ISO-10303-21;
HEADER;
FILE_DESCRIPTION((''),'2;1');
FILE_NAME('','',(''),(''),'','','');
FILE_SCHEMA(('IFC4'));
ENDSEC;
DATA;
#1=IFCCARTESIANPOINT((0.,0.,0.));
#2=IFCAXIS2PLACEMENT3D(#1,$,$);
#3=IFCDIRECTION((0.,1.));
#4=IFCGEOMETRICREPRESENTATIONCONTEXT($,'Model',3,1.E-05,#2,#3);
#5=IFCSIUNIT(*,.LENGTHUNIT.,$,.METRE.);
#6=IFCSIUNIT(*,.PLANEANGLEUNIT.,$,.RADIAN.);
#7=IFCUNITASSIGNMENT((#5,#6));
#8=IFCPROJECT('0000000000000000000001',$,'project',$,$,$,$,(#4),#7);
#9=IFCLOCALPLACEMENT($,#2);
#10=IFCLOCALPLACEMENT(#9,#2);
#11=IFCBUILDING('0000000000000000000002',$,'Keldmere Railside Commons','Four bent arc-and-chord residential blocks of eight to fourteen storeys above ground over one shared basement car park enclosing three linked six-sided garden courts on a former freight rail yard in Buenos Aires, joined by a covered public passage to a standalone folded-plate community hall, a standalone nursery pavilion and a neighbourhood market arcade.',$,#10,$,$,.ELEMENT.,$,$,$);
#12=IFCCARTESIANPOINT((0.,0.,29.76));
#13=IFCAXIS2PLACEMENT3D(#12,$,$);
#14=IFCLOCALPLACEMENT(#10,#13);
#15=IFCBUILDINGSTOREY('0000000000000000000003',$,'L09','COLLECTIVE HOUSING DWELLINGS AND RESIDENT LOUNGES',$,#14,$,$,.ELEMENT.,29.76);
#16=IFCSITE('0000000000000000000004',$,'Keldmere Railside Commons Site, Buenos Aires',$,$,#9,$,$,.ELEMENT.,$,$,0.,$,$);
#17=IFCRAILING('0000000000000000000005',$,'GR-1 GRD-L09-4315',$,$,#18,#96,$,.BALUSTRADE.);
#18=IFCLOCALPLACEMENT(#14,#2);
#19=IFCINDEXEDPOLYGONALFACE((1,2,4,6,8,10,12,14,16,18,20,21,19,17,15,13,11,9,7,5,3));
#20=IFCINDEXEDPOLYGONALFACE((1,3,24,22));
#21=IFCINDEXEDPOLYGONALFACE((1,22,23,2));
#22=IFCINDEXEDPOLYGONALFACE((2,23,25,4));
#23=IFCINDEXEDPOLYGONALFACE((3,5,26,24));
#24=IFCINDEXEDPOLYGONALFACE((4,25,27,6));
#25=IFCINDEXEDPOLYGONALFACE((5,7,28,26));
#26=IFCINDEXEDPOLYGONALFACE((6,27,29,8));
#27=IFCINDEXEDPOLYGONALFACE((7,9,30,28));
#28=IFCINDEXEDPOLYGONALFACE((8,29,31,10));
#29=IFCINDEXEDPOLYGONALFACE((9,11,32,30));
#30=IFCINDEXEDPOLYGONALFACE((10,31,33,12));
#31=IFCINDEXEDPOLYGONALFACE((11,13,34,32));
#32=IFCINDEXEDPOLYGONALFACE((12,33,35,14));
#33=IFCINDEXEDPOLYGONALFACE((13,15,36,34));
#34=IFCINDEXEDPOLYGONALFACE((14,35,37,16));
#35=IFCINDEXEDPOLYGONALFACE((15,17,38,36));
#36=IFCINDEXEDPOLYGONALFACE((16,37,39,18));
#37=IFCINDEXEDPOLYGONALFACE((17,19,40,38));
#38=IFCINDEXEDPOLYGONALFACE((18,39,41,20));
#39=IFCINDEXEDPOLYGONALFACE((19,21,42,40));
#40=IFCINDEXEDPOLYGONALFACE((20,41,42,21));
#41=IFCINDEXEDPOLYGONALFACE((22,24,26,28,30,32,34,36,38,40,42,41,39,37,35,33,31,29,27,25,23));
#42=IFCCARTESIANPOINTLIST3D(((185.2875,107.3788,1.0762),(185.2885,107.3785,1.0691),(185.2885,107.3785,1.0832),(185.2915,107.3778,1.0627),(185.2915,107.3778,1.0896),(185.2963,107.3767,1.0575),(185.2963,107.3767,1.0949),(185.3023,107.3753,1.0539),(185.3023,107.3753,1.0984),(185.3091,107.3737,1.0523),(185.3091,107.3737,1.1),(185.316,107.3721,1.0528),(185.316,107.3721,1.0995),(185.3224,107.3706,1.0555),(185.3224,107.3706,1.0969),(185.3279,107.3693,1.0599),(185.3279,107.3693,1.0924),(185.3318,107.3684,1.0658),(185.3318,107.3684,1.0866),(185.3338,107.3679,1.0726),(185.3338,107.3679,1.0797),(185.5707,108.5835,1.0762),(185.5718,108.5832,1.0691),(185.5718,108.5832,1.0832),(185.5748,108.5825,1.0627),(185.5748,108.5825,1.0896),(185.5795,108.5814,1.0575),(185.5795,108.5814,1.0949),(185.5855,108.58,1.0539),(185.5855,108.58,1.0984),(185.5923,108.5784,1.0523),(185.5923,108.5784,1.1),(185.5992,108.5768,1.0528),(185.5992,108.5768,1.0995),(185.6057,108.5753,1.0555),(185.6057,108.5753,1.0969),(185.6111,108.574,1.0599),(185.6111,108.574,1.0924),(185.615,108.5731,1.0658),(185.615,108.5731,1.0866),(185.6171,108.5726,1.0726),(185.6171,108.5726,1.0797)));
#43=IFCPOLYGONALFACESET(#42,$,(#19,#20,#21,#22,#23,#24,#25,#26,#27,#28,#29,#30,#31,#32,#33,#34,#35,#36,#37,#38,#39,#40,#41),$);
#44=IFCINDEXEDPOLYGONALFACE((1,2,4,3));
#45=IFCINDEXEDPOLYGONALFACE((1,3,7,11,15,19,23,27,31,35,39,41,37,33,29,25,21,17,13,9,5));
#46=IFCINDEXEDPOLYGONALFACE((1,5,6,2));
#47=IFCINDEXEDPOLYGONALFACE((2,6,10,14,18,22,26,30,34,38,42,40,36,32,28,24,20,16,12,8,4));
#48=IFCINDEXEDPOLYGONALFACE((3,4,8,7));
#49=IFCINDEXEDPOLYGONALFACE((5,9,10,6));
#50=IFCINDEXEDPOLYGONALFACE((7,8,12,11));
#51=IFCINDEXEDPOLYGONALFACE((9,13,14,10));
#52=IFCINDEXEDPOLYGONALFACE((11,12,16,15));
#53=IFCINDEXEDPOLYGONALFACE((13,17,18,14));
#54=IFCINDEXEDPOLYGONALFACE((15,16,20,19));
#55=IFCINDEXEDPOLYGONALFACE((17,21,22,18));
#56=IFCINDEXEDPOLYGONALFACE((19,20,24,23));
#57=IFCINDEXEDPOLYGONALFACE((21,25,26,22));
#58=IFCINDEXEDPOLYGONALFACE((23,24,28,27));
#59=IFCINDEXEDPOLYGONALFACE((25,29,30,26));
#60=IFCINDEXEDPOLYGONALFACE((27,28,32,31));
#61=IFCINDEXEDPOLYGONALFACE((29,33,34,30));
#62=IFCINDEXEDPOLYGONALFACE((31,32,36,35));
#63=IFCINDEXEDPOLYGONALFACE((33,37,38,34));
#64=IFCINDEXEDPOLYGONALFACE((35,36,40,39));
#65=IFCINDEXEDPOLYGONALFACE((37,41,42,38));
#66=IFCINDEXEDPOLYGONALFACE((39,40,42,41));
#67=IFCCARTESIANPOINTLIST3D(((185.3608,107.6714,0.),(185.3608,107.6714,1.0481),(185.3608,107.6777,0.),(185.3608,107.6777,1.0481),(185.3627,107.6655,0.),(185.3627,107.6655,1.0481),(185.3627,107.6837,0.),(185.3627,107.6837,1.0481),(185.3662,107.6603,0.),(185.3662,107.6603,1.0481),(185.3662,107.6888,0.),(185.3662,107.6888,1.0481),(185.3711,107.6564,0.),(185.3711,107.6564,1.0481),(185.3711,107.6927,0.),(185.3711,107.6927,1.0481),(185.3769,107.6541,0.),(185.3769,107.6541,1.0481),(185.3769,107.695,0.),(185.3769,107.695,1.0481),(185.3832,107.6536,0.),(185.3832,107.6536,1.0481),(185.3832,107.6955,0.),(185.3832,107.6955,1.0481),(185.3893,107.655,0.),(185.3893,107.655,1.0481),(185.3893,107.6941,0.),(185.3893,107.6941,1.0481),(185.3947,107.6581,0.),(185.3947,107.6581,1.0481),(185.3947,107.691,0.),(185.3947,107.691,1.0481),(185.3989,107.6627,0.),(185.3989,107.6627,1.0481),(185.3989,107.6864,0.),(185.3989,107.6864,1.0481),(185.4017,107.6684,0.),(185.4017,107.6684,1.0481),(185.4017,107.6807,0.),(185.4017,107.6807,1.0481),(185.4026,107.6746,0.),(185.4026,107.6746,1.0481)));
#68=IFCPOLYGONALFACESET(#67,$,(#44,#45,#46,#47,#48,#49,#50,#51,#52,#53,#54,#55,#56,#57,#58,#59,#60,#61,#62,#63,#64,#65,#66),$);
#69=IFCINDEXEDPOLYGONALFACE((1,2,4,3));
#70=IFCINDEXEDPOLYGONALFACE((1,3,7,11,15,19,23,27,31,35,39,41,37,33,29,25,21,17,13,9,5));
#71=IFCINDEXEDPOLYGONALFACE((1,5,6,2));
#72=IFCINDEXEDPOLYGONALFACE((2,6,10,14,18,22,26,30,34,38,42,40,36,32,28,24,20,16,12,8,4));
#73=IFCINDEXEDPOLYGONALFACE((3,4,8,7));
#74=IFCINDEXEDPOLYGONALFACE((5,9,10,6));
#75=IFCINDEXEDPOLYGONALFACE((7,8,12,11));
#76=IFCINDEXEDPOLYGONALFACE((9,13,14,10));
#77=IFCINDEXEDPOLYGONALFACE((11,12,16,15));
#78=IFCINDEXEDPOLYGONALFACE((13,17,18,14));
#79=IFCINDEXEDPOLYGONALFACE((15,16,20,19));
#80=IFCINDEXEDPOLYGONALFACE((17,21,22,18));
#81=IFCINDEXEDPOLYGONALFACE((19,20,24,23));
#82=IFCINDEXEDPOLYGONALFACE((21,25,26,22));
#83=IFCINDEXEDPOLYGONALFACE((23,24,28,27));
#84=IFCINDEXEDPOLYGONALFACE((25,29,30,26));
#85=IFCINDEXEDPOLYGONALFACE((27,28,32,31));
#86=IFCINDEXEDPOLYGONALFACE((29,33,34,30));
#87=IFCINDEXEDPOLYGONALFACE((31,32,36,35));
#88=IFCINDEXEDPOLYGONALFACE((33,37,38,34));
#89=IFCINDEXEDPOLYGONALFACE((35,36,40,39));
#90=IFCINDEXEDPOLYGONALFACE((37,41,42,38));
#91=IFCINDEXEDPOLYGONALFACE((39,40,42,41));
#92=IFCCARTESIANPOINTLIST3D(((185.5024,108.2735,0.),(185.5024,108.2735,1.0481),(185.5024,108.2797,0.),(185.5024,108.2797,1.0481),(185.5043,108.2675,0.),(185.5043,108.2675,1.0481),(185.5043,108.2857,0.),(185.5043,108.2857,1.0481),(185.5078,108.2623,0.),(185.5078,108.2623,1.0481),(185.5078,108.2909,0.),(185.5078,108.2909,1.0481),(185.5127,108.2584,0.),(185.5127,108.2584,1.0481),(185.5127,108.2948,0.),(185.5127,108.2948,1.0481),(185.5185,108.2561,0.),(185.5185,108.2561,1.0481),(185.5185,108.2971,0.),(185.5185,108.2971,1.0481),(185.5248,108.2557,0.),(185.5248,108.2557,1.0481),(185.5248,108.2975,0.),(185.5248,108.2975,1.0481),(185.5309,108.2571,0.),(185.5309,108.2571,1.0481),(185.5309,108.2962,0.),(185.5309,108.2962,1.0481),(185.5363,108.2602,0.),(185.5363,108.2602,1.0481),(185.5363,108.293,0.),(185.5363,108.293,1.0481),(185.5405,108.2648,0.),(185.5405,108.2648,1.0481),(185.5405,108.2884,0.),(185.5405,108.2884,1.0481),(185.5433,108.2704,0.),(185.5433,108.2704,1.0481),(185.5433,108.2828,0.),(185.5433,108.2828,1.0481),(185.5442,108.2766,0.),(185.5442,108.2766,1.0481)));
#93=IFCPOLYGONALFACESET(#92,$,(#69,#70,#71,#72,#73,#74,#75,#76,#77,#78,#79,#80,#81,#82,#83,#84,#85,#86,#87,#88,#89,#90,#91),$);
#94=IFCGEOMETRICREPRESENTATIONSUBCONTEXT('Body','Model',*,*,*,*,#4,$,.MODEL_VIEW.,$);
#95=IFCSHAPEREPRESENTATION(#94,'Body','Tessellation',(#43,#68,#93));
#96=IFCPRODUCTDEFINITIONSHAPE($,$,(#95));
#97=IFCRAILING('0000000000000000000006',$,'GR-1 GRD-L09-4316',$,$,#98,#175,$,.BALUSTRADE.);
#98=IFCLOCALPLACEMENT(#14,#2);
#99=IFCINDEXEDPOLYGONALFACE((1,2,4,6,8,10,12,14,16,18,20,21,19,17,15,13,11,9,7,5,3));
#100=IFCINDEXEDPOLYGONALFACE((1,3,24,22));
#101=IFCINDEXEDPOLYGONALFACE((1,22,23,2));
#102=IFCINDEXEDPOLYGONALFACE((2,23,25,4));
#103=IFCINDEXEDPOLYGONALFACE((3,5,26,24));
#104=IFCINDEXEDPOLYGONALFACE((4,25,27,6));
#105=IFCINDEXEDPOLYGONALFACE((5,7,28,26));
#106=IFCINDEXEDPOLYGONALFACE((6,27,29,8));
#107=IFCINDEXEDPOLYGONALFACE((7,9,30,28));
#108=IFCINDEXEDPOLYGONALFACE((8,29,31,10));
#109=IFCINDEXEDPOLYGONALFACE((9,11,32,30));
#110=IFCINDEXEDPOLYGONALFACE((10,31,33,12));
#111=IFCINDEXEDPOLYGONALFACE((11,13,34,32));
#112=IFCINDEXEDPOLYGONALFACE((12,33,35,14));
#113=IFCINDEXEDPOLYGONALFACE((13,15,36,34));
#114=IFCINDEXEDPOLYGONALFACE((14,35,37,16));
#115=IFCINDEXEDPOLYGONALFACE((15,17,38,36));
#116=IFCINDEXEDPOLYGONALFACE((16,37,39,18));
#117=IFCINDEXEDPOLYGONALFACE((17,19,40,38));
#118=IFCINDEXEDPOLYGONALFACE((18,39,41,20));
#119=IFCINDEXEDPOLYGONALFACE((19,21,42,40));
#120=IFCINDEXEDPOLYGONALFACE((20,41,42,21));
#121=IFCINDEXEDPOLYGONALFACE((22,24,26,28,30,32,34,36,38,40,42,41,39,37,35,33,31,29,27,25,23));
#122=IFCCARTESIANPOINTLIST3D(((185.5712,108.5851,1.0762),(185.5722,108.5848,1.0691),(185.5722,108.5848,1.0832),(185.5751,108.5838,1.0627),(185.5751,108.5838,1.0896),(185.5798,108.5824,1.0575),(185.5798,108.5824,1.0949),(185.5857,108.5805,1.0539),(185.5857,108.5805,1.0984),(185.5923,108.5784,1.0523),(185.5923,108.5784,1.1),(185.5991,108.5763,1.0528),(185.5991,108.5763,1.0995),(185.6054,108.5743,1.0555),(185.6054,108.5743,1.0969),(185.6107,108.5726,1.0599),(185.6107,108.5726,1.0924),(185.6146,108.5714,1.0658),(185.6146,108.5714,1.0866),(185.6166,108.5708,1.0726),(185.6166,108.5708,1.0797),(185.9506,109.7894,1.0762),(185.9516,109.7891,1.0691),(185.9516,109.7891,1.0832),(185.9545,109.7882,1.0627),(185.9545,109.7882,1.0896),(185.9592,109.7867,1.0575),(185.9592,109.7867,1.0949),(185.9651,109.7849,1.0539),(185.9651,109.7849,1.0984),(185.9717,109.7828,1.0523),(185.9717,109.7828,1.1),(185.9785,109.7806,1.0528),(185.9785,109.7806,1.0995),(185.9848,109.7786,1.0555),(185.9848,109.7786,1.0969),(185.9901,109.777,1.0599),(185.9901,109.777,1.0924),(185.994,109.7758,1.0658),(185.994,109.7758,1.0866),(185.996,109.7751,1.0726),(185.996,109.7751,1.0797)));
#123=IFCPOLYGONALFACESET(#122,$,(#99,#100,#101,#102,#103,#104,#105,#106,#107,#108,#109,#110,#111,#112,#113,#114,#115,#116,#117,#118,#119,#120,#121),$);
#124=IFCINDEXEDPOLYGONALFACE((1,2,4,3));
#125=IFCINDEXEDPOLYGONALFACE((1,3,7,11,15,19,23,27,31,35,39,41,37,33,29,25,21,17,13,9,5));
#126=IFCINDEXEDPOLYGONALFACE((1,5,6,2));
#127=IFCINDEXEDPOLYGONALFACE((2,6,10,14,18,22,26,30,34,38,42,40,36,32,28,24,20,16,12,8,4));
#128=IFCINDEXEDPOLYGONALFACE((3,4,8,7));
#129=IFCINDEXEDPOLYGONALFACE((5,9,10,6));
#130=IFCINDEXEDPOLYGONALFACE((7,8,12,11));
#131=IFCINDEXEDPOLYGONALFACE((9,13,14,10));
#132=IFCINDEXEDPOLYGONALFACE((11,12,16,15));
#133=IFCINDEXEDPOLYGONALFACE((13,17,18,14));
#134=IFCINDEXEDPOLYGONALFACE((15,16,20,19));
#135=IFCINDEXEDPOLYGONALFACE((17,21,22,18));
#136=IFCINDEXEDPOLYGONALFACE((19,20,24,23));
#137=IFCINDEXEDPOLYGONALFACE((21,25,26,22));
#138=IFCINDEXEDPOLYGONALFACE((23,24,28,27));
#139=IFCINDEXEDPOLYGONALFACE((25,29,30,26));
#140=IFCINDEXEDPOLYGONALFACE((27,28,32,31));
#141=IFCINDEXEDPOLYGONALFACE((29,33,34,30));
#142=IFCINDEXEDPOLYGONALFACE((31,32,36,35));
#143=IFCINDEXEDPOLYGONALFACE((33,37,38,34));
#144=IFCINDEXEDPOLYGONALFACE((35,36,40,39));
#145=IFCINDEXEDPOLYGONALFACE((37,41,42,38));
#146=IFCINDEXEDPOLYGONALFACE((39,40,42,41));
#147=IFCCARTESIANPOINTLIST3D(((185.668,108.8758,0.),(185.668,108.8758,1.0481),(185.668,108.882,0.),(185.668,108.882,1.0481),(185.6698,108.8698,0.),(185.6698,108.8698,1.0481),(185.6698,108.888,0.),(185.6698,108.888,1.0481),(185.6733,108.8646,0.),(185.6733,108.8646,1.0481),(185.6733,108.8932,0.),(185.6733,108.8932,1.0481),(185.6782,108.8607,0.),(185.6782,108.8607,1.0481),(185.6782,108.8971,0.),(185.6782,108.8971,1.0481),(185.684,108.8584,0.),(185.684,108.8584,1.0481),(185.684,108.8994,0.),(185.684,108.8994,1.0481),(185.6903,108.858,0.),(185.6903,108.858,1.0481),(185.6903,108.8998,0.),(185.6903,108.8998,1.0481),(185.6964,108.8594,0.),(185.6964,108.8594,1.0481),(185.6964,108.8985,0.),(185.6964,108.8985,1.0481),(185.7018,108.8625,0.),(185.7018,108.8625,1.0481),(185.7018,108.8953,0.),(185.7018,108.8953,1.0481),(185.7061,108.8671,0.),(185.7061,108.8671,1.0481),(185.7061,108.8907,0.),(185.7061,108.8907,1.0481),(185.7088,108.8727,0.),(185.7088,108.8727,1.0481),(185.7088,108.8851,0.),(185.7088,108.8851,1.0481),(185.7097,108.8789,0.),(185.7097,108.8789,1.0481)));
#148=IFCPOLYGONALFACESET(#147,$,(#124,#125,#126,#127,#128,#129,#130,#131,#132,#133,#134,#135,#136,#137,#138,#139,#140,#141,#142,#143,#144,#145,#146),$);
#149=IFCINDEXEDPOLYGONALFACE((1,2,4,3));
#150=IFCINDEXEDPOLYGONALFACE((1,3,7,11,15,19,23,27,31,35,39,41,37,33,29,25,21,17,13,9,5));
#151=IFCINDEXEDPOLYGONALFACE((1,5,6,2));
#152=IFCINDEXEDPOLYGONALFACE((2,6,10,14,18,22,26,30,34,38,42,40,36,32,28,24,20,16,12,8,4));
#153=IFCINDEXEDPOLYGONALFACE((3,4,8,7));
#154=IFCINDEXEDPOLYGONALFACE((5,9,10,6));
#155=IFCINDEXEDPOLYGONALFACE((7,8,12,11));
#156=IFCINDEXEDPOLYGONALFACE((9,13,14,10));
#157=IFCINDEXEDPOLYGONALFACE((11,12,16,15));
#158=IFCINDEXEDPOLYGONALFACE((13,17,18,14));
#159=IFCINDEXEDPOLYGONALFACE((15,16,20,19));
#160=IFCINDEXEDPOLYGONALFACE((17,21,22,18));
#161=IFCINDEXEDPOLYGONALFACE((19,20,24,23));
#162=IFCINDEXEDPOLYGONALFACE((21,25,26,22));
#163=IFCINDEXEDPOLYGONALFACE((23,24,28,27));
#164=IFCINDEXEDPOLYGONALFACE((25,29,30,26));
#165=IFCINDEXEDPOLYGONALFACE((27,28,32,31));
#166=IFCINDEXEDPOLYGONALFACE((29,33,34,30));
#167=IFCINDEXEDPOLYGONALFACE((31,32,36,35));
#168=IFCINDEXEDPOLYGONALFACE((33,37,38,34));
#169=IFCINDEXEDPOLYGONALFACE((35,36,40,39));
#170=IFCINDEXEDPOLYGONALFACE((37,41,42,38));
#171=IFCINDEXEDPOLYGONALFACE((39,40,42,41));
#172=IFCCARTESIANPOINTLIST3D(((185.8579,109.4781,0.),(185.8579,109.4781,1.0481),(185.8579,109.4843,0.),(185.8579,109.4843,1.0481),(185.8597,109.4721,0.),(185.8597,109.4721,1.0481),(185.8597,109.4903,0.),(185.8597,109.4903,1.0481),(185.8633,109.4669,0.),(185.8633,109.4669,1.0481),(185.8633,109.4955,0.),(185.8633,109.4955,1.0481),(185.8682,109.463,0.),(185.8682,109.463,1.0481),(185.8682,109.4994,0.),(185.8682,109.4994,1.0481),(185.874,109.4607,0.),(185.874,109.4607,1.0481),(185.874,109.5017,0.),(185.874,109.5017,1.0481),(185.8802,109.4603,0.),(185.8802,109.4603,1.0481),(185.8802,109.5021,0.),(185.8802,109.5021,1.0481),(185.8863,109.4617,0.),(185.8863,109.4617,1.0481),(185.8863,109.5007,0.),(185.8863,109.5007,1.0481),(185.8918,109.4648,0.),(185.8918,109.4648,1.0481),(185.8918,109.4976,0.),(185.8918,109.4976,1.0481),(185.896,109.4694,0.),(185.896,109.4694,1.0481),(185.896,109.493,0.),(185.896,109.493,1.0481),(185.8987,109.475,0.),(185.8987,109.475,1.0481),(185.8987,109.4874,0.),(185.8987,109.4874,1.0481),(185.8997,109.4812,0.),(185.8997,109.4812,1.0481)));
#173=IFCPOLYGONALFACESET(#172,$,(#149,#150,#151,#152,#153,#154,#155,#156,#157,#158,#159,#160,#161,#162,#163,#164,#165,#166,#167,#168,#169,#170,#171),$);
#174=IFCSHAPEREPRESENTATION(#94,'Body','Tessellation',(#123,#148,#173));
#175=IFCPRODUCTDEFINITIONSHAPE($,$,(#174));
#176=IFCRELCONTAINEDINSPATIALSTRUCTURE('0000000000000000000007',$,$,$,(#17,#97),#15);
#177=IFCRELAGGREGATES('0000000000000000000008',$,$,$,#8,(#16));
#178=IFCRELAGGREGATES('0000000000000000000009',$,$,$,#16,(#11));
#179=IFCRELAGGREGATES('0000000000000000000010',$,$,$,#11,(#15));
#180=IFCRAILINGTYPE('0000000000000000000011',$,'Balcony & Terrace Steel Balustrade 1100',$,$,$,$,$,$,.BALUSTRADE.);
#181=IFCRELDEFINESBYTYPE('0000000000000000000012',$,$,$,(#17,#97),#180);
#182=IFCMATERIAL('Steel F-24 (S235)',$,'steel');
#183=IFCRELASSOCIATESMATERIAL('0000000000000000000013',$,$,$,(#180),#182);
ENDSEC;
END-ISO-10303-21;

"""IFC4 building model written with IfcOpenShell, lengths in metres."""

from ifc_helpers import new_model, si_unit, direction, frame, origin, origin_2d, place, context, subcontext, project, spatial, circle, extrude, material, type_object, element, save


model = new_model("IFC4")

# Units and contexts
model_context = context("Model", 3, precision=1e-05, world=origin(), true_north=direction((0.0, 1.0)))
body_context = subcontext(model_context, "Body", "Model", "MODEL_VIEW")
ifc_project = project(units=[si_unit("LENGTHUNIT", "METRE"), si_unit("PLANEANGLEUNIT", "RADIAN")], contexts=[model_context])

# Site, building, storey
site_placement = place(None, origin())
site = spatial("IfcSite", under=ifc_project, at=site_placement, Name="Keldmere Railside Commons Site, Buenos Aires", CompositionType="ELEMENT", RefElevation=0.0)
building_placement = place(site_placement, origin())
building = spatial("IfcBuilding", under=site, at=building_placement, Name="Keldmere Railside Commons", Description="Four bent arc-and-chord residential blocks of eight to fourteen storeys above ground over one shared basement car park enclosing three linked six-sided garden courts on a former freight rail yard in Buenos Aires, joined by a covered public passage to a standalone folded-plate community hall, a standalone nursery pavilion and a neighbourhood market arcade.", CompositionType="ELEMENT")
storey_placement = place(building_placement, frame((0.0, 0.0, 29.76)))
storey = spatial("IfcBuildingStorey", under=building, at=storey_placement, Name="L09", Description="COLLECTIVE HOUSING DWELLINGS AND RESIDENT LOUNGES", CompositionType="ELEMENT", Elevation=29.76)

# Railings
ifc_material_1 = material(Name="Steel F-24 (S235)", Category="steel")
railing_type = type_object("IfcRailingType", Name="Balcony & Terrace Steel Balustrade 1100", PredefinedType="BALUSTRADE", material=ifc_material_1)
railing_1_placement = place(storey_placement, frame((185.3108, 107.3733, 0.0)))
element("IfcRailing", 1, at=railing_1_placement, inside=storey, type_object=railing_type, Name="GR-1 GRD-L09-4315", PredefinedType="BALUSTRADE", context=body_context, shape_type="SweptSolid", body=[
    extrude(circle(Radius=0.0239, at=origin_2d()), frame((0.0, 0.0, 1.0762), z_axis=(0.228863, 0.973459, 0.0), x_axis=(-0.973459, 0.228863, 0.0)), (0.0, 0.0, 1.0), 1.2375),
    extrude(circle(Radius=0.021, at=origin_2d()), frame((0.0708, 0.3013, 0.0)), (0.0, 0.0, 1.0), 1.0481),
    extrude(circle(Radius=0.021, at=origin_2d()), frame((0.2124, 0.9033, 0.0)), (0.0, 0.0, 1.0), 1.0481),
])
railing_2_placement = place(storey_placement, frame((185.594, 108.5779, 0.0)))
element("IfcRailing", 2, at=railing_2_placement, inside=storey, type_object=railing_type, Name="GR-1 GRD-L09-4316", PredefinedType="BALUSTRADE", context=body_context, shape_type="SweptSolid", body=[
    extrude(circle(Radius=0.0239, at=origin_2d()), frame((0.0, 0.0, 1.0762), z_axis=(0.300465, 0.953793, 0.0), x_axis=(-0.953793, 0.300465, 0.0)), (0.0, 0.0, 1.0), 1.2627),
    extrude(circle(Radius=0.021, at=origin_2d()), frame((0.0947, 0.301, 0.0)), (0.0, 0.0, 1.0), 1.0481),
    extrude(circle(Radius=0.021, at=origin_2d()), frame((0.2847, 0.9033, 0.0)), (0.0, 0.0, 1.0), 1.0481),
])

save(model, "model.ifc")
